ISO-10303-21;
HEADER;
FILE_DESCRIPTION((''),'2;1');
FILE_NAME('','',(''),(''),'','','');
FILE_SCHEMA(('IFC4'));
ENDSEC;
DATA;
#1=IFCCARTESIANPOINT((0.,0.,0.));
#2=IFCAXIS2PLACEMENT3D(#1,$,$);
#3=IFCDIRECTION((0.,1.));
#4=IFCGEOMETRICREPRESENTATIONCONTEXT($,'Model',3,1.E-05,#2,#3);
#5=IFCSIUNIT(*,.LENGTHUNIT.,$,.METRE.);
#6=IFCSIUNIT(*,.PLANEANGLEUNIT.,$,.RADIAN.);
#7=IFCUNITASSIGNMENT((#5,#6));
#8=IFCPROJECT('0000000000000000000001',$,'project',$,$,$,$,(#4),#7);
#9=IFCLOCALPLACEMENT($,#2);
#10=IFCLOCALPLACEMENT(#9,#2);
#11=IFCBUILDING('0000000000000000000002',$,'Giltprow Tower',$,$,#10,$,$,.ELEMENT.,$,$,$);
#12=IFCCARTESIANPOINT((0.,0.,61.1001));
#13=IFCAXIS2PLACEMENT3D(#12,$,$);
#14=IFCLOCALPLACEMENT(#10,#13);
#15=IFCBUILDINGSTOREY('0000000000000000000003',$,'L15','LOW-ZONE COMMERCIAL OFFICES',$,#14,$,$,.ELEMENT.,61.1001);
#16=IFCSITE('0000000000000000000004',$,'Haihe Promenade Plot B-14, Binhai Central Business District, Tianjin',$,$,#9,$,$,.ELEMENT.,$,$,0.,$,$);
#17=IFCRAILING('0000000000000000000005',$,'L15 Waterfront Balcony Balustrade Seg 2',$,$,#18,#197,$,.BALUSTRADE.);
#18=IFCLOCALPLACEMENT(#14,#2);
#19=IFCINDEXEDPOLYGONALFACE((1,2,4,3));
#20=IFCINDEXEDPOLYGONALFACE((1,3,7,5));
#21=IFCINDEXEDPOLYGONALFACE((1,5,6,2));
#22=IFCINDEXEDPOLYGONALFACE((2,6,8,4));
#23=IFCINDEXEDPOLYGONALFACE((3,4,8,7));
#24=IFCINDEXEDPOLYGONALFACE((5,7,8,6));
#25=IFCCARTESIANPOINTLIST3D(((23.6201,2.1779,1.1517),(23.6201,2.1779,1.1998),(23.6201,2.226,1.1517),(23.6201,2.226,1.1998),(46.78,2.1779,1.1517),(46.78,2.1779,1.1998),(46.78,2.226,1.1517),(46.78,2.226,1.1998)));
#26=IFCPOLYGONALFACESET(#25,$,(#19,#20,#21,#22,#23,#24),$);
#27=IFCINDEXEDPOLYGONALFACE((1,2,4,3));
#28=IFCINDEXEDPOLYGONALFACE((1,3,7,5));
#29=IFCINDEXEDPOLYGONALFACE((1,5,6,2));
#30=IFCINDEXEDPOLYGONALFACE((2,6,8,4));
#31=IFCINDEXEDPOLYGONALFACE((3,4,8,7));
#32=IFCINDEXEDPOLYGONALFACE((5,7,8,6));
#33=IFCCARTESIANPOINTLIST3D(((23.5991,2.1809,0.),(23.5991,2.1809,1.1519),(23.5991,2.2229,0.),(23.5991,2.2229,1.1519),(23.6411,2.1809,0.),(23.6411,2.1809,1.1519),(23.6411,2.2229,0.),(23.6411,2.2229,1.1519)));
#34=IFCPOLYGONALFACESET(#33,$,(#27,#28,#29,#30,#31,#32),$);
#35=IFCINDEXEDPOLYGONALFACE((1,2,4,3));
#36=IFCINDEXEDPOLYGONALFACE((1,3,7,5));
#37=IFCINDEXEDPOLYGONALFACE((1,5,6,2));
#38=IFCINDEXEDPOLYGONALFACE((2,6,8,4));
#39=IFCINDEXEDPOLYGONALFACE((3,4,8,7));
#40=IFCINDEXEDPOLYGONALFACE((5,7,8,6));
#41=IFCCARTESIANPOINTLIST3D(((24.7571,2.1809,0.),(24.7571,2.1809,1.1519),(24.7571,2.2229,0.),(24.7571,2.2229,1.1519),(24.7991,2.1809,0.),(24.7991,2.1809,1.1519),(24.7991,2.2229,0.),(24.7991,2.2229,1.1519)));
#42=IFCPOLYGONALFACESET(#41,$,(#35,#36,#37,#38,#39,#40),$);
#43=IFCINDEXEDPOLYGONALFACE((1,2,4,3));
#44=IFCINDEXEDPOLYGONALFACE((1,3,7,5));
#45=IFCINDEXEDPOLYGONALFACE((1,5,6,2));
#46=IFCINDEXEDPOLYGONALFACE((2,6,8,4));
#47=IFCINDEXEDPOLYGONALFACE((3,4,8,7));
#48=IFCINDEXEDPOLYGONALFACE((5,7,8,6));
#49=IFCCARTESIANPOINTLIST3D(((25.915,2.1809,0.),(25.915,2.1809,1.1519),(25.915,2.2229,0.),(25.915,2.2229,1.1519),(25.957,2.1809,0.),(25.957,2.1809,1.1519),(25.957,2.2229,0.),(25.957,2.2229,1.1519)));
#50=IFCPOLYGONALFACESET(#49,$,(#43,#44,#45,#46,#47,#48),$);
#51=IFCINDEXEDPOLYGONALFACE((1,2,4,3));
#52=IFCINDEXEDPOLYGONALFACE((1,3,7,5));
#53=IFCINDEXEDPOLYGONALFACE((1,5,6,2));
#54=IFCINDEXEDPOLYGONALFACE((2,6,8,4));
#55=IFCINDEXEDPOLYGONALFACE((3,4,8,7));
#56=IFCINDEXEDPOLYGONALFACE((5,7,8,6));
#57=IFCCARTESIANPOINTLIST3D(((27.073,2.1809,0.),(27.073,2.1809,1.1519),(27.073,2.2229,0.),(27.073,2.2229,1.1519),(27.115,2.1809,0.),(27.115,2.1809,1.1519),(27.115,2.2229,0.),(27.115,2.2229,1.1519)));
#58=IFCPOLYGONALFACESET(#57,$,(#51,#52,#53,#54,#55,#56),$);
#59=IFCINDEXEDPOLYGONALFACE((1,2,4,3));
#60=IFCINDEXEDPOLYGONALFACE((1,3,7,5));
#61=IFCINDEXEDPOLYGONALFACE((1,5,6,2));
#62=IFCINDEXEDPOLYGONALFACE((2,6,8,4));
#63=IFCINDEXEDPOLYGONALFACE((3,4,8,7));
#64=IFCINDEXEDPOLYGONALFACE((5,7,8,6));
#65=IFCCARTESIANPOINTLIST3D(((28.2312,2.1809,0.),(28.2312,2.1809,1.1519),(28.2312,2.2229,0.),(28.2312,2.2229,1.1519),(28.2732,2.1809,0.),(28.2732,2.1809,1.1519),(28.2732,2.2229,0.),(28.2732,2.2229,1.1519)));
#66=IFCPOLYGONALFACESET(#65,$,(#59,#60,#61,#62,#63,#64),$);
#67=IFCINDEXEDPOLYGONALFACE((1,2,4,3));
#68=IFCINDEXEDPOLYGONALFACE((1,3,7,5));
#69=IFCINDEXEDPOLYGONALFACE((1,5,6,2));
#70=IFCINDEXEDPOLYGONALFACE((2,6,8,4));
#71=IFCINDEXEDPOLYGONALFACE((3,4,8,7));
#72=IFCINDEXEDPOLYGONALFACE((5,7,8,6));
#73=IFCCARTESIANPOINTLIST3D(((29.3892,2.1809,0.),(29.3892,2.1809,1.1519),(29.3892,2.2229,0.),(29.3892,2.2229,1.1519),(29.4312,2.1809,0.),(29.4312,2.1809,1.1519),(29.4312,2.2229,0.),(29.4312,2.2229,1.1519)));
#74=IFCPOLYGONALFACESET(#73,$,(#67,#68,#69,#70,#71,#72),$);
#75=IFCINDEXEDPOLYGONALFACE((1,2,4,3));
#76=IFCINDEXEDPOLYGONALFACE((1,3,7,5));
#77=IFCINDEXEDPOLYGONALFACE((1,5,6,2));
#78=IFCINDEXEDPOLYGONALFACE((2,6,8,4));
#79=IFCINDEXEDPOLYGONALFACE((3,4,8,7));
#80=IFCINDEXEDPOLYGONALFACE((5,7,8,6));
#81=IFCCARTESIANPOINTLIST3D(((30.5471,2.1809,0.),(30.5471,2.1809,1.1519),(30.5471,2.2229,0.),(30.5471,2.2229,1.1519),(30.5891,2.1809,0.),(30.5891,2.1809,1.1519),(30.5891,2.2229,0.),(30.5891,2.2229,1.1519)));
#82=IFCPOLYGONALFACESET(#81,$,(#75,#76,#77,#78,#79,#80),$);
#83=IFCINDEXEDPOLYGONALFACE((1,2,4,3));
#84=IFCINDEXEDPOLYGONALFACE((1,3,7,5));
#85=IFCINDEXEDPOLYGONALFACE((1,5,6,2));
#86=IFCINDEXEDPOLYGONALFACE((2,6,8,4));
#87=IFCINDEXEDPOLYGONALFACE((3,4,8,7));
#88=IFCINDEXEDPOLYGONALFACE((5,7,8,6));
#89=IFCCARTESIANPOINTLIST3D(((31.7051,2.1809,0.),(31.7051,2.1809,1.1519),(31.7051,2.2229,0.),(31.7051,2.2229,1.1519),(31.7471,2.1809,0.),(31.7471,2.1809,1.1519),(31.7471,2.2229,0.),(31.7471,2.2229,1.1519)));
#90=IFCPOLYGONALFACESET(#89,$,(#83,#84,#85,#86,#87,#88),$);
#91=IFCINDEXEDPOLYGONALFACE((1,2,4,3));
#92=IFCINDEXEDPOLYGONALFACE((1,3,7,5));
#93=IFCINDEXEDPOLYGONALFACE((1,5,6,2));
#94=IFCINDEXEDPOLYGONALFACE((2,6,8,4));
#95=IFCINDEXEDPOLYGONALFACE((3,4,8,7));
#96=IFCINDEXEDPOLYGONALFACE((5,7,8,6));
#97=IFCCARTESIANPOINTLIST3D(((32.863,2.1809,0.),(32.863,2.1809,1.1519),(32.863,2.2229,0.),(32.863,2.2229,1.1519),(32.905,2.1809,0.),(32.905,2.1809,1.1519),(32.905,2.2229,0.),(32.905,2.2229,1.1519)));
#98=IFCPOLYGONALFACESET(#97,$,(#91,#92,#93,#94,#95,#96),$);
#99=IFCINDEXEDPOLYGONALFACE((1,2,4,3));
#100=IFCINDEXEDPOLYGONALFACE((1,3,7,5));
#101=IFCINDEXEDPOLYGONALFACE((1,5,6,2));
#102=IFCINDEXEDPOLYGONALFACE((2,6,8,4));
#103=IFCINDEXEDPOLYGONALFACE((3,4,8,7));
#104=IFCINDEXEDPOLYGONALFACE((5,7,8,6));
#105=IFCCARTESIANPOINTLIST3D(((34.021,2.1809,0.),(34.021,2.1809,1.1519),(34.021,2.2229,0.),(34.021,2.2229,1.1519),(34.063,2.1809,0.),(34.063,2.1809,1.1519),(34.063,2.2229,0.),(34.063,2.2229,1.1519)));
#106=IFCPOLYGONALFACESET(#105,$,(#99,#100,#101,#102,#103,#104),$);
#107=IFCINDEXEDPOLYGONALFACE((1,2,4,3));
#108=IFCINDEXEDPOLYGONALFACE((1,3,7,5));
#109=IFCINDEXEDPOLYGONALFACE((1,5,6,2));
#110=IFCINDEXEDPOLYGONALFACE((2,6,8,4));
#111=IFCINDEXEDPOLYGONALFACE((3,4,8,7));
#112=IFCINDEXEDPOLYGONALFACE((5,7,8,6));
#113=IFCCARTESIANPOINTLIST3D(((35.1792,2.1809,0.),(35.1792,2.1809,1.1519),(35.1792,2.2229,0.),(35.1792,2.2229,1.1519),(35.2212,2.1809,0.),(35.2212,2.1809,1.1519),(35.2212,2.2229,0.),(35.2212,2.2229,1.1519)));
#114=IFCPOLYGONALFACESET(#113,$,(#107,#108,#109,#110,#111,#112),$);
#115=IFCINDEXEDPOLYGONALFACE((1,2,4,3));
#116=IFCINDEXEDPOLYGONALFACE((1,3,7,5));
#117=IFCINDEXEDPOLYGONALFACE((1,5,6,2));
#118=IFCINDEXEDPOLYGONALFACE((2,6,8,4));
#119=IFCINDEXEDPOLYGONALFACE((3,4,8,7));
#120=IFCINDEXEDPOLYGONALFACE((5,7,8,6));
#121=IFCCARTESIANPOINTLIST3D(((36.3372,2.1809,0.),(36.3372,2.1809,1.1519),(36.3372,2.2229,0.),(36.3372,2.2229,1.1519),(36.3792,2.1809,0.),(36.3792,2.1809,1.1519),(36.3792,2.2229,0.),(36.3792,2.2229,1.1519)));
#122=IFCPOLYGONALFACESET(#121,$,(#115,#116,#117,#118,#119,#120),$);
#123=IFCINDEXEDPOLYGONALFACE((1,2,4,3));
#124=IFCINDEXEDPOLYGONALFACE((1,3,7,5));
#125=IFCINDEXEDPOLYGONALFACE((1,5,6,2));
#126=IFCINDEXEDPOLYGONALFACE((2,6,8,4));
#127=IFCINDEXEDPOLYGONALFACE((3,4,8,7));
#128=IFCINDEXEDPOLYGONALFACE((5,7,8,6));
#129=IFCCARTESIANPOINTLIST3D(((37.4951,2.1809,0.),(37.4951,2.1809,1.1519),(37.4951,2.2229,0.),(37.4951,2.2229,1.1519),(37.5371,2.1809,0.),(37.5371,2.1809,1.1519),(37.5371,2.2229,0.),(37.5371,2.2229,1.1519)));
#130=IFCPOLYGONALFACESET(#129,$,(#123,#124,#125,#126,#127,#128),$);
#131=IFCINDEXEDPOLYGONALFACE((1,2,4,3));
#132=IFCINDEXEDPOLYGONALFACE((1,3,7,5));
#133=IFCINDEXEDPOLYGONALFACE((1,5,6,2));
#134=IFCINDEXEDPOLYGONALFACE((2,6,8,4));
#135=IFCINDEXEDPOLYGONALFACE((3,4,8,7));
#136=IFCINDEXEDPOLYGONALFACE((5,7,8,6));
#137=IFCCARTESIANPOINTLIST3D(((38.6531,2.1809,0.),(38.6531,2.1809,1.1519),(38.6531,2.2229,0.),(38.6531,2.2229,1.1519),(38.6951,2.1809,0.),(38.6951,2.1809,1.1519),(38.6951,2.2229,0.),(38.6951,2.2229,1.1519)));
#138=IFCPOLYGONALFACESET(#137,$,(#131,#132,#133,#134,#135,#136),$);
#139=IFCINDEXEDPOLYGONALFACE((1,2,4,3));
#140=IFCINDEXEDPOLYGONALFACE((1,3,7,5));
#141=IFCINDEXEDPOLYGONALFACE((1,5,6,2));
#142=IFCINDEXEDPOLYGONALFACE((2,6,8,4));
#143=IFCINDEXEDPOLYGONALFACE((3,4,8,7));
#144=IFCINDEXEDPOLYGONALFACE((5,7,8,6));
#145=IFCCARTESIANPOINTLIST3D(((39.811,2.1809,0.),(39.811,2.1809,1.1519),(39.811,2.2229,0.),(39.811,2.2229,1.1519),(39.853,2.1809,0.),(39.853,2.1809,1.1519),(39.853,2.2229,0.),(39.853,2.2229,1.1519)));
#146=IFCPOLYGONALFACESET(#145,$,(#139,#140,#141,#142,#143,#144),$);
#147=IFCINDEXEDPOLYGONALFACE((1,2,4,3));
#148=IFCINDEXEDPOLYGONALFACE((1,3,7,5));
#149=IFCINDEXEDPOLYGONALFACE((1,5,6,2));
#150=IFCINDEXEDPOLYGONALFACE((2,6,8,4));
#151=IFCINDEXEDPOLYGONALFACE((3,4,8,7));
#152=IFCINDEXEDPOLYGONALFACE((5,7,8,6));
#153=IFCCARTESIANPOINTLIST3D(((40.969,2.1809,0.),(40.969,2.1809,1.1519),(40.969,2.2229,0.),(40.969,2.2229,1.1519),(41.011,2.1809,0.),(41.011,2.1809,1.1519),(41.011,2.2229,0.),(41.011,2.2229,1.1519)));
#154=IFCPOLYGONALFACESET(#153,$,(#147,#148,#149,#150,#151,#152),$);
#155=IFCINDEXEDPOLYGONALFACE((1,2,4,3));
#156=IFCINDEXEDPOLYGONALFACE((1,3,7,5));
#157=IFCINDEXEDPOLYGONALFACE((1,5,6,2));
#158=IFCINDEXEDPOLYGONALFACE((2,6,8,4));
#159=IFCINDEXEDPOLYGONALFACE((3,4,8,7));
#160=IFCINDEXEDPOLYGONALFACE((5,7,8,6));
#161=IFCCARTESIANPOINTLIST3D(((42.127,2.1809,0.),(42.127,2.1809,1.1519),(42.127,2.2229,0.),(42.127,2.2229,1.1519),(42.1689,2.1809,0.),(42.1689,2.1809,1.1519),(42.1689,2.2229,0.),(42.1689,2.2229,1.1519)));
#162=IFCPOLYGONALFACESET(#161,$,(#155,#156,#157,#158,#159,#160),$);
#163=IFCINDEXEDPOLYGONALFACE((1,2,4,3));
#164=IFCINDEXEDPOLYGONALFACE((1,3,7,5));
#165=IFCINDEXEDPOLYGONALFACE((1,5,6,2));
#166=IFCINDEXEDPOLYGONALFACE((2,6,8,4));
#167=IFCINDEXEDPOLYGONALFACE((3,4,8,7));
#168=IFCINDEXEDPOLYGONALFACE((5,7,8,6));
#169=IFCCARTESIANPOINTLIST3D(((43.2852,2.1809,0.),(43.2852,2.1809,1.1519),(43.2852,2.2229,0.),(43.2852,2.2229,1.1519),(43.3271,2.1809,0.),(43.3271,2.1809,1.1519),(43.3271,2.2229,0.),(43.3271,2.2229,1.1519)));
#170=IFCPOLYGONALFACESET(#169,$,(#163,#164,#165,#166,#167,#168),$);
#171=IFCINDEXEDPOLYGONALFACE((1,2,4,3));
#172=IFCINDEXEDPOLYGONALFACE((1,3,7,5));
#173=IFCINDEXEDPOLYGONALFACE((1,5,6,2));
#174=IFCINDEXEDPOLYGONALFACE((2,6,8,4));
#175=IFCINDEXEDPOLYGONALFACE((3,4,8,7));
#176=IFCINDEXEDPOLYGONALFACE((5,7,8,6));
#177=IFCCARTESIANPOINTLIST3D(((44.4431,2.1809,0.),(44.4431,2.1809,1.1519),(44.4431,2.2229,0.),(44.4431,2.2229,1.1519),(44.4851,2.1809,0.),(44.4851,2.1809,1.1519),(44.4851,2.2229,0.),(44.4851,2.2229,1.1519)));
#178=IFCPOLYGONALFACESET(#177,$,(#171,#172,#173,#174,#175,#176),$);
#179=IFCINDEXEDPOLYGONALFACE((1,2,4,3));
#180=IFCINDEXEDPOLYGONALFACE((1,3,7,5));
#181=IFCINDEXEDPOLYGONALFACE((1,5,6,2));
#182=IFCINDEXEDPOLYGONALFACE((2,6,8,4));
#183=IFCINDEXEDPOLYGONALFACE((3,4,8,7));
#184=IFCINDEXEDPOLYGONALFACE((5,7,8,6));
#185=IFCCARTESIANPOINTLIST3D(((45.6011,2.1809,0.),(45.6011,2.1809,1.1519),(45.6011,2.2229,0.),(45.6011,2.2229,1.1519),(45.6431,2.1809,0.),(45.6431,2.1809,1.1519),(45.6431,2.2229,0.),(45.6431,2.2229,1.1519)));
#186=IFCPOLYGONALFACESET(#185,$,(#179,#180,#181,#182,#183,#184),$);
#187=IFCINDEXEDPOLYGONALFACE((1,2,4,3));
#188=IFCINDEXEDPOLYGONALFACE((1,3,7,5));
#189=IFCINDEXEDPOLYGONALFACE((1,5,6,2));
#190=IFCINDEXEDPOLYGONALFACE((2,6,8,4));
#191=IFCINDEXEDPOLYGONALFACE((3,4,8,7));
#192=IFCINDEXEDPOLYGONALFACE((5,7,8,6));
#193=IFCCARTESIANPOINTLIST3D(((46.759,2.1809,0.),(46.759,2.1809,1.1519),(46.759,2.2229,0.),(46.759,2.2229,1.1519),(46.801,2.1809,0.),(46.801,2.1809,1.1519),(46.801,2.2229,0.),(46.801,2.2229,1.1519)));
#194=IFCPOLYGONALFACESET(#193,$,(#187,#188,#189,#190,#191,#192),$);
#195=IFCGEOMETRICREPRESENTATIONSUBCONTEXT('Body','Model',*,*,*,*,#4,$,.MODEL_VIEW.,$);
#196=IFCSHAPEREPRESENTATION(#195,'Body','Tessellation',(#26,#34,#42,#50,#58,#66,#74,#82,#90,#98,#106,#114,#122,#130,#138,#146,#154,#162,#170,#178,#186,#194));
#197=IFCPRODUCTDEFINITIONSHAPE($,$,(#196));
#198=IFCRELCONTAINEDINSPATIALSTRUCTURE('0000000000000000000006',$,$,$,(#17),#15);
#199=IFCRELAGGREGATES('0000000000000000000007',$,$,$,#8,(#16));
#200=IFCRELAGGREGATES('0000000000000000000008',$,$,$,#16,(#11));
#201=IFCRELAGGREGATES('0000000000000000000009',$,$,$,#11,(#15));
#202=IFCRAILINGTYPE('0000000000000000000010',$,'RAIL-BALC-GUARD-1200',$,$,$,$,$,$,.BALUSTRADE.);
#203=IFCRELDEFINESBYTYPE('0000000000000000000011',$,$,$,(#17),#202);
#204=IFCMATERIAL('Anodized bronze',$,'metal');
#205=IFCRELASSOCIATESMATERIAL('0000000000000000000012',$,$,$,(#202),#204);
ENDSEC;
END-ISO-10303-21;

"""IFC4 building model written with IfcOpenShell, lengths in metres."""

from ifc_helpers import new_model, si_unit, direction, frame, origin, origin_2d, place, context, subcontext, project, spatial, rectangle, extrude, material, type_object, element, save


model = new_model("IFC4")

# Units and contexts
model_context = context("Model", 3, precision=1e-05, world=origin(), true_north=direction((0.0, 1.0)))
body_context = subcontext(model_context, "Body", "Model", "MODEL_VIEW")
ifc_project = project(units=[si_unit("LENGTHUNIT", "METRE"), si_unit("PLANEANGLEUNIT", "RADIAN")], contexts=[model_context])

# Site, building, storey
site_placement = place(None, origin())
site = spatial("IfcSite", under=ifc_project, at=site_placement, Name="Haihe Promenade Plot B-14, Binhai Central Business District, Tianjin", CompositionType="ELEMENT", RefElevation=0.0)
building_placement = place(site_placement, origin())
building = spatial("IfcBuilding", under=site, at=building_placement, Name="Giltprow Tower", CompositionType="ELEMENT")
storey_placement = place(building_placement, frame((0.0, 0.0, 61.1001)))
storey = spatial("IfcBuildingStorey", under=building, at=storey_placement, Name="L15", Description="LOW-ZONE COMMERCIAL OFFICES", CompositionType="ELEMENT", Elevation=61.1001)

# Shared definitions
ifc_material_1 = material(Name="Anodized bronze", Category="metal")

# Railing
railing_type = type_object("IfcRailingType", Name="RAIL-BALC-GUARD-1200", PredefinedType="BALUSTRADE", material=ifc_material_1)
railing_1_placement = place(storey_placement, frame((23.6201, 2.2019, 0.0)))
element("IfcRailing", 1, at=railing_1_placement, inside=storey, type_object=railing_type, Name="L15 Waterfront Balcony Balustrade Seg 2", PredefinedType="BALUSTRADE", context=body_context, shape_type="SweptSolid", body=[
    extrude(rectangle(XDim=0.0481, YDim=0.0481, at=origin_2d()), frame((0.0, 0.0, 1.1758), z_axis=(1.0, 0.0, 0.0), x_axis=(0.0, 1.0, 0.0)), (0.0, 0.0, 1.0), 23.1599),
    extrude(rectangle(XDim=0.042, YDim=0.042, at=origin_2d()), origin(), (0.0, 0.0, 1.0), 1.1519),
    extrude(rectangle(XDim=0.042, YDim=0.042, at=origin_2d()), frame((1.158, 0.0, 0.0)), (0.0, 0.0, 1.0), 1.1519),
    extrude(rectangle(XDim=0.042, YDim=0.042, at=origin_2d()), frame((2.3159, 0.0, 0.0)), (0.0, 0.0, 1.0), 1.1519),
    extrude(rectangle(XDim=0.042, YDim=0.042, at=origin_2d()), frame((3.4739, 0.0, 0.0)), (0.0, 0.0, 1.0), 1.1519),
    extrude(rectangle(XDim=0.042, YDim=0.042, at=origin_2d()), frame((4.6321, 0.0, 0.0)), (0.0, 0.0, 1.0), 1.1519),
    extrude(rectangle(XDim=0.042, YDim=0.042, at=origin_2d()), frame((5.79, 0.0, 0.0)), (0.0, 0.0, 1.0), 1.1519),
    extrude(rectangle(XDim=0.042, YDim=0.042, at=origin_2d()), frame((6.948, 0.0, 0.0)), (0.0, 0.0, 1.0), 1.1519),
    extrude(rectangle(XDim=0.042, YDim=0.042, at=origin_2d()), frame((8.106, 0.0, 0.0)), (0.0, 0.0, 1.0), 1.1519),
    extrude(rectangle(XDim=0.042, YDim=0.042, at=origin_2d()), frame((9.2639, 0.0, 0.0)), (0.0, 0.0, 1.0), 1.1519),
    extrude(rectangle(XDim=0.042, YDim=0.042, at=origin_2d()), frame((10.4219, 0.0, 0.0)), (0.0, 0.0, 1.0), 1.1519),
    extrude(rectangle(XDim=0.042, YDim=0.042, at=origin_2d()), frame((11.5801, 0.0, 0.0)), (0.0, 0.0, 1.0), 1.1519),
    extrude(rectangle(XDim=0.042, YDim=0.042, at=origin_2d()), frame((12.738, 0.0, 0.0)), (0.0, 0.0, 1.0), 1.1519),
    extrude(rectangle(XDim=0.042, YDim=0.042, at=origin_2d()), frame((13.896, 0.0, 0.0)), (0.0, 0.0, 1.0), 1.1519),
    extrude(rectangle(XDim=0.042, YDim=0.042, at=origin_2d()), frame((15.054, 0.0, 0.0)), (0.0, 0.0, 1.0), 1.1519),
    extrude(rectangle(XDim=0.042, YDim=0.042, at=origin_2d()), frame((16.2119, 0.0, 0.0)), (0.0, 0.0, 1.0), 1.1519),
    extrude(rectangle(XDim=0.042, YDim=0.042, at=origin_2d()), frame((17.3699, 0.0, 0.0)), (0.0, 0.0, 1.0), 1.1519),
    extrude(rectangle(XDim=0.042, YDim=0.042, at=origin_2d()), frame((18.5278, 0.0, 0.0)), (0.0, 0.0, 1.0), 1.1519),
    extrude(rectangle(XDim=0.042, YDim=0.042, at=origin_2d()), frame((19.686, 0.0, 0.0)), (0.0, 0.0, 1.0), 1.1519),
    extrude(rectangle(XDim=0.042, YDim=0.042, at=origin_2d()), frame((20.844, 0.0, 0.0)), (0.0, 0.0, 1.0), 1.1519),
    extrude(rectangle(XDim=0.042, YDim=0.042, at=origin_2d()), frame((22.002, 0.0, 0.0)), (0.0, 0.0, 1.0), 1.1519),
    extrude(rectangle(XDim=0.042, YDim=0.042, at=origin_2d()), frame((23.1599, 0.0, 0.0)), (0.0, 0.0, 1.0), 1.1519),
])

save(model, "model.ifc")
